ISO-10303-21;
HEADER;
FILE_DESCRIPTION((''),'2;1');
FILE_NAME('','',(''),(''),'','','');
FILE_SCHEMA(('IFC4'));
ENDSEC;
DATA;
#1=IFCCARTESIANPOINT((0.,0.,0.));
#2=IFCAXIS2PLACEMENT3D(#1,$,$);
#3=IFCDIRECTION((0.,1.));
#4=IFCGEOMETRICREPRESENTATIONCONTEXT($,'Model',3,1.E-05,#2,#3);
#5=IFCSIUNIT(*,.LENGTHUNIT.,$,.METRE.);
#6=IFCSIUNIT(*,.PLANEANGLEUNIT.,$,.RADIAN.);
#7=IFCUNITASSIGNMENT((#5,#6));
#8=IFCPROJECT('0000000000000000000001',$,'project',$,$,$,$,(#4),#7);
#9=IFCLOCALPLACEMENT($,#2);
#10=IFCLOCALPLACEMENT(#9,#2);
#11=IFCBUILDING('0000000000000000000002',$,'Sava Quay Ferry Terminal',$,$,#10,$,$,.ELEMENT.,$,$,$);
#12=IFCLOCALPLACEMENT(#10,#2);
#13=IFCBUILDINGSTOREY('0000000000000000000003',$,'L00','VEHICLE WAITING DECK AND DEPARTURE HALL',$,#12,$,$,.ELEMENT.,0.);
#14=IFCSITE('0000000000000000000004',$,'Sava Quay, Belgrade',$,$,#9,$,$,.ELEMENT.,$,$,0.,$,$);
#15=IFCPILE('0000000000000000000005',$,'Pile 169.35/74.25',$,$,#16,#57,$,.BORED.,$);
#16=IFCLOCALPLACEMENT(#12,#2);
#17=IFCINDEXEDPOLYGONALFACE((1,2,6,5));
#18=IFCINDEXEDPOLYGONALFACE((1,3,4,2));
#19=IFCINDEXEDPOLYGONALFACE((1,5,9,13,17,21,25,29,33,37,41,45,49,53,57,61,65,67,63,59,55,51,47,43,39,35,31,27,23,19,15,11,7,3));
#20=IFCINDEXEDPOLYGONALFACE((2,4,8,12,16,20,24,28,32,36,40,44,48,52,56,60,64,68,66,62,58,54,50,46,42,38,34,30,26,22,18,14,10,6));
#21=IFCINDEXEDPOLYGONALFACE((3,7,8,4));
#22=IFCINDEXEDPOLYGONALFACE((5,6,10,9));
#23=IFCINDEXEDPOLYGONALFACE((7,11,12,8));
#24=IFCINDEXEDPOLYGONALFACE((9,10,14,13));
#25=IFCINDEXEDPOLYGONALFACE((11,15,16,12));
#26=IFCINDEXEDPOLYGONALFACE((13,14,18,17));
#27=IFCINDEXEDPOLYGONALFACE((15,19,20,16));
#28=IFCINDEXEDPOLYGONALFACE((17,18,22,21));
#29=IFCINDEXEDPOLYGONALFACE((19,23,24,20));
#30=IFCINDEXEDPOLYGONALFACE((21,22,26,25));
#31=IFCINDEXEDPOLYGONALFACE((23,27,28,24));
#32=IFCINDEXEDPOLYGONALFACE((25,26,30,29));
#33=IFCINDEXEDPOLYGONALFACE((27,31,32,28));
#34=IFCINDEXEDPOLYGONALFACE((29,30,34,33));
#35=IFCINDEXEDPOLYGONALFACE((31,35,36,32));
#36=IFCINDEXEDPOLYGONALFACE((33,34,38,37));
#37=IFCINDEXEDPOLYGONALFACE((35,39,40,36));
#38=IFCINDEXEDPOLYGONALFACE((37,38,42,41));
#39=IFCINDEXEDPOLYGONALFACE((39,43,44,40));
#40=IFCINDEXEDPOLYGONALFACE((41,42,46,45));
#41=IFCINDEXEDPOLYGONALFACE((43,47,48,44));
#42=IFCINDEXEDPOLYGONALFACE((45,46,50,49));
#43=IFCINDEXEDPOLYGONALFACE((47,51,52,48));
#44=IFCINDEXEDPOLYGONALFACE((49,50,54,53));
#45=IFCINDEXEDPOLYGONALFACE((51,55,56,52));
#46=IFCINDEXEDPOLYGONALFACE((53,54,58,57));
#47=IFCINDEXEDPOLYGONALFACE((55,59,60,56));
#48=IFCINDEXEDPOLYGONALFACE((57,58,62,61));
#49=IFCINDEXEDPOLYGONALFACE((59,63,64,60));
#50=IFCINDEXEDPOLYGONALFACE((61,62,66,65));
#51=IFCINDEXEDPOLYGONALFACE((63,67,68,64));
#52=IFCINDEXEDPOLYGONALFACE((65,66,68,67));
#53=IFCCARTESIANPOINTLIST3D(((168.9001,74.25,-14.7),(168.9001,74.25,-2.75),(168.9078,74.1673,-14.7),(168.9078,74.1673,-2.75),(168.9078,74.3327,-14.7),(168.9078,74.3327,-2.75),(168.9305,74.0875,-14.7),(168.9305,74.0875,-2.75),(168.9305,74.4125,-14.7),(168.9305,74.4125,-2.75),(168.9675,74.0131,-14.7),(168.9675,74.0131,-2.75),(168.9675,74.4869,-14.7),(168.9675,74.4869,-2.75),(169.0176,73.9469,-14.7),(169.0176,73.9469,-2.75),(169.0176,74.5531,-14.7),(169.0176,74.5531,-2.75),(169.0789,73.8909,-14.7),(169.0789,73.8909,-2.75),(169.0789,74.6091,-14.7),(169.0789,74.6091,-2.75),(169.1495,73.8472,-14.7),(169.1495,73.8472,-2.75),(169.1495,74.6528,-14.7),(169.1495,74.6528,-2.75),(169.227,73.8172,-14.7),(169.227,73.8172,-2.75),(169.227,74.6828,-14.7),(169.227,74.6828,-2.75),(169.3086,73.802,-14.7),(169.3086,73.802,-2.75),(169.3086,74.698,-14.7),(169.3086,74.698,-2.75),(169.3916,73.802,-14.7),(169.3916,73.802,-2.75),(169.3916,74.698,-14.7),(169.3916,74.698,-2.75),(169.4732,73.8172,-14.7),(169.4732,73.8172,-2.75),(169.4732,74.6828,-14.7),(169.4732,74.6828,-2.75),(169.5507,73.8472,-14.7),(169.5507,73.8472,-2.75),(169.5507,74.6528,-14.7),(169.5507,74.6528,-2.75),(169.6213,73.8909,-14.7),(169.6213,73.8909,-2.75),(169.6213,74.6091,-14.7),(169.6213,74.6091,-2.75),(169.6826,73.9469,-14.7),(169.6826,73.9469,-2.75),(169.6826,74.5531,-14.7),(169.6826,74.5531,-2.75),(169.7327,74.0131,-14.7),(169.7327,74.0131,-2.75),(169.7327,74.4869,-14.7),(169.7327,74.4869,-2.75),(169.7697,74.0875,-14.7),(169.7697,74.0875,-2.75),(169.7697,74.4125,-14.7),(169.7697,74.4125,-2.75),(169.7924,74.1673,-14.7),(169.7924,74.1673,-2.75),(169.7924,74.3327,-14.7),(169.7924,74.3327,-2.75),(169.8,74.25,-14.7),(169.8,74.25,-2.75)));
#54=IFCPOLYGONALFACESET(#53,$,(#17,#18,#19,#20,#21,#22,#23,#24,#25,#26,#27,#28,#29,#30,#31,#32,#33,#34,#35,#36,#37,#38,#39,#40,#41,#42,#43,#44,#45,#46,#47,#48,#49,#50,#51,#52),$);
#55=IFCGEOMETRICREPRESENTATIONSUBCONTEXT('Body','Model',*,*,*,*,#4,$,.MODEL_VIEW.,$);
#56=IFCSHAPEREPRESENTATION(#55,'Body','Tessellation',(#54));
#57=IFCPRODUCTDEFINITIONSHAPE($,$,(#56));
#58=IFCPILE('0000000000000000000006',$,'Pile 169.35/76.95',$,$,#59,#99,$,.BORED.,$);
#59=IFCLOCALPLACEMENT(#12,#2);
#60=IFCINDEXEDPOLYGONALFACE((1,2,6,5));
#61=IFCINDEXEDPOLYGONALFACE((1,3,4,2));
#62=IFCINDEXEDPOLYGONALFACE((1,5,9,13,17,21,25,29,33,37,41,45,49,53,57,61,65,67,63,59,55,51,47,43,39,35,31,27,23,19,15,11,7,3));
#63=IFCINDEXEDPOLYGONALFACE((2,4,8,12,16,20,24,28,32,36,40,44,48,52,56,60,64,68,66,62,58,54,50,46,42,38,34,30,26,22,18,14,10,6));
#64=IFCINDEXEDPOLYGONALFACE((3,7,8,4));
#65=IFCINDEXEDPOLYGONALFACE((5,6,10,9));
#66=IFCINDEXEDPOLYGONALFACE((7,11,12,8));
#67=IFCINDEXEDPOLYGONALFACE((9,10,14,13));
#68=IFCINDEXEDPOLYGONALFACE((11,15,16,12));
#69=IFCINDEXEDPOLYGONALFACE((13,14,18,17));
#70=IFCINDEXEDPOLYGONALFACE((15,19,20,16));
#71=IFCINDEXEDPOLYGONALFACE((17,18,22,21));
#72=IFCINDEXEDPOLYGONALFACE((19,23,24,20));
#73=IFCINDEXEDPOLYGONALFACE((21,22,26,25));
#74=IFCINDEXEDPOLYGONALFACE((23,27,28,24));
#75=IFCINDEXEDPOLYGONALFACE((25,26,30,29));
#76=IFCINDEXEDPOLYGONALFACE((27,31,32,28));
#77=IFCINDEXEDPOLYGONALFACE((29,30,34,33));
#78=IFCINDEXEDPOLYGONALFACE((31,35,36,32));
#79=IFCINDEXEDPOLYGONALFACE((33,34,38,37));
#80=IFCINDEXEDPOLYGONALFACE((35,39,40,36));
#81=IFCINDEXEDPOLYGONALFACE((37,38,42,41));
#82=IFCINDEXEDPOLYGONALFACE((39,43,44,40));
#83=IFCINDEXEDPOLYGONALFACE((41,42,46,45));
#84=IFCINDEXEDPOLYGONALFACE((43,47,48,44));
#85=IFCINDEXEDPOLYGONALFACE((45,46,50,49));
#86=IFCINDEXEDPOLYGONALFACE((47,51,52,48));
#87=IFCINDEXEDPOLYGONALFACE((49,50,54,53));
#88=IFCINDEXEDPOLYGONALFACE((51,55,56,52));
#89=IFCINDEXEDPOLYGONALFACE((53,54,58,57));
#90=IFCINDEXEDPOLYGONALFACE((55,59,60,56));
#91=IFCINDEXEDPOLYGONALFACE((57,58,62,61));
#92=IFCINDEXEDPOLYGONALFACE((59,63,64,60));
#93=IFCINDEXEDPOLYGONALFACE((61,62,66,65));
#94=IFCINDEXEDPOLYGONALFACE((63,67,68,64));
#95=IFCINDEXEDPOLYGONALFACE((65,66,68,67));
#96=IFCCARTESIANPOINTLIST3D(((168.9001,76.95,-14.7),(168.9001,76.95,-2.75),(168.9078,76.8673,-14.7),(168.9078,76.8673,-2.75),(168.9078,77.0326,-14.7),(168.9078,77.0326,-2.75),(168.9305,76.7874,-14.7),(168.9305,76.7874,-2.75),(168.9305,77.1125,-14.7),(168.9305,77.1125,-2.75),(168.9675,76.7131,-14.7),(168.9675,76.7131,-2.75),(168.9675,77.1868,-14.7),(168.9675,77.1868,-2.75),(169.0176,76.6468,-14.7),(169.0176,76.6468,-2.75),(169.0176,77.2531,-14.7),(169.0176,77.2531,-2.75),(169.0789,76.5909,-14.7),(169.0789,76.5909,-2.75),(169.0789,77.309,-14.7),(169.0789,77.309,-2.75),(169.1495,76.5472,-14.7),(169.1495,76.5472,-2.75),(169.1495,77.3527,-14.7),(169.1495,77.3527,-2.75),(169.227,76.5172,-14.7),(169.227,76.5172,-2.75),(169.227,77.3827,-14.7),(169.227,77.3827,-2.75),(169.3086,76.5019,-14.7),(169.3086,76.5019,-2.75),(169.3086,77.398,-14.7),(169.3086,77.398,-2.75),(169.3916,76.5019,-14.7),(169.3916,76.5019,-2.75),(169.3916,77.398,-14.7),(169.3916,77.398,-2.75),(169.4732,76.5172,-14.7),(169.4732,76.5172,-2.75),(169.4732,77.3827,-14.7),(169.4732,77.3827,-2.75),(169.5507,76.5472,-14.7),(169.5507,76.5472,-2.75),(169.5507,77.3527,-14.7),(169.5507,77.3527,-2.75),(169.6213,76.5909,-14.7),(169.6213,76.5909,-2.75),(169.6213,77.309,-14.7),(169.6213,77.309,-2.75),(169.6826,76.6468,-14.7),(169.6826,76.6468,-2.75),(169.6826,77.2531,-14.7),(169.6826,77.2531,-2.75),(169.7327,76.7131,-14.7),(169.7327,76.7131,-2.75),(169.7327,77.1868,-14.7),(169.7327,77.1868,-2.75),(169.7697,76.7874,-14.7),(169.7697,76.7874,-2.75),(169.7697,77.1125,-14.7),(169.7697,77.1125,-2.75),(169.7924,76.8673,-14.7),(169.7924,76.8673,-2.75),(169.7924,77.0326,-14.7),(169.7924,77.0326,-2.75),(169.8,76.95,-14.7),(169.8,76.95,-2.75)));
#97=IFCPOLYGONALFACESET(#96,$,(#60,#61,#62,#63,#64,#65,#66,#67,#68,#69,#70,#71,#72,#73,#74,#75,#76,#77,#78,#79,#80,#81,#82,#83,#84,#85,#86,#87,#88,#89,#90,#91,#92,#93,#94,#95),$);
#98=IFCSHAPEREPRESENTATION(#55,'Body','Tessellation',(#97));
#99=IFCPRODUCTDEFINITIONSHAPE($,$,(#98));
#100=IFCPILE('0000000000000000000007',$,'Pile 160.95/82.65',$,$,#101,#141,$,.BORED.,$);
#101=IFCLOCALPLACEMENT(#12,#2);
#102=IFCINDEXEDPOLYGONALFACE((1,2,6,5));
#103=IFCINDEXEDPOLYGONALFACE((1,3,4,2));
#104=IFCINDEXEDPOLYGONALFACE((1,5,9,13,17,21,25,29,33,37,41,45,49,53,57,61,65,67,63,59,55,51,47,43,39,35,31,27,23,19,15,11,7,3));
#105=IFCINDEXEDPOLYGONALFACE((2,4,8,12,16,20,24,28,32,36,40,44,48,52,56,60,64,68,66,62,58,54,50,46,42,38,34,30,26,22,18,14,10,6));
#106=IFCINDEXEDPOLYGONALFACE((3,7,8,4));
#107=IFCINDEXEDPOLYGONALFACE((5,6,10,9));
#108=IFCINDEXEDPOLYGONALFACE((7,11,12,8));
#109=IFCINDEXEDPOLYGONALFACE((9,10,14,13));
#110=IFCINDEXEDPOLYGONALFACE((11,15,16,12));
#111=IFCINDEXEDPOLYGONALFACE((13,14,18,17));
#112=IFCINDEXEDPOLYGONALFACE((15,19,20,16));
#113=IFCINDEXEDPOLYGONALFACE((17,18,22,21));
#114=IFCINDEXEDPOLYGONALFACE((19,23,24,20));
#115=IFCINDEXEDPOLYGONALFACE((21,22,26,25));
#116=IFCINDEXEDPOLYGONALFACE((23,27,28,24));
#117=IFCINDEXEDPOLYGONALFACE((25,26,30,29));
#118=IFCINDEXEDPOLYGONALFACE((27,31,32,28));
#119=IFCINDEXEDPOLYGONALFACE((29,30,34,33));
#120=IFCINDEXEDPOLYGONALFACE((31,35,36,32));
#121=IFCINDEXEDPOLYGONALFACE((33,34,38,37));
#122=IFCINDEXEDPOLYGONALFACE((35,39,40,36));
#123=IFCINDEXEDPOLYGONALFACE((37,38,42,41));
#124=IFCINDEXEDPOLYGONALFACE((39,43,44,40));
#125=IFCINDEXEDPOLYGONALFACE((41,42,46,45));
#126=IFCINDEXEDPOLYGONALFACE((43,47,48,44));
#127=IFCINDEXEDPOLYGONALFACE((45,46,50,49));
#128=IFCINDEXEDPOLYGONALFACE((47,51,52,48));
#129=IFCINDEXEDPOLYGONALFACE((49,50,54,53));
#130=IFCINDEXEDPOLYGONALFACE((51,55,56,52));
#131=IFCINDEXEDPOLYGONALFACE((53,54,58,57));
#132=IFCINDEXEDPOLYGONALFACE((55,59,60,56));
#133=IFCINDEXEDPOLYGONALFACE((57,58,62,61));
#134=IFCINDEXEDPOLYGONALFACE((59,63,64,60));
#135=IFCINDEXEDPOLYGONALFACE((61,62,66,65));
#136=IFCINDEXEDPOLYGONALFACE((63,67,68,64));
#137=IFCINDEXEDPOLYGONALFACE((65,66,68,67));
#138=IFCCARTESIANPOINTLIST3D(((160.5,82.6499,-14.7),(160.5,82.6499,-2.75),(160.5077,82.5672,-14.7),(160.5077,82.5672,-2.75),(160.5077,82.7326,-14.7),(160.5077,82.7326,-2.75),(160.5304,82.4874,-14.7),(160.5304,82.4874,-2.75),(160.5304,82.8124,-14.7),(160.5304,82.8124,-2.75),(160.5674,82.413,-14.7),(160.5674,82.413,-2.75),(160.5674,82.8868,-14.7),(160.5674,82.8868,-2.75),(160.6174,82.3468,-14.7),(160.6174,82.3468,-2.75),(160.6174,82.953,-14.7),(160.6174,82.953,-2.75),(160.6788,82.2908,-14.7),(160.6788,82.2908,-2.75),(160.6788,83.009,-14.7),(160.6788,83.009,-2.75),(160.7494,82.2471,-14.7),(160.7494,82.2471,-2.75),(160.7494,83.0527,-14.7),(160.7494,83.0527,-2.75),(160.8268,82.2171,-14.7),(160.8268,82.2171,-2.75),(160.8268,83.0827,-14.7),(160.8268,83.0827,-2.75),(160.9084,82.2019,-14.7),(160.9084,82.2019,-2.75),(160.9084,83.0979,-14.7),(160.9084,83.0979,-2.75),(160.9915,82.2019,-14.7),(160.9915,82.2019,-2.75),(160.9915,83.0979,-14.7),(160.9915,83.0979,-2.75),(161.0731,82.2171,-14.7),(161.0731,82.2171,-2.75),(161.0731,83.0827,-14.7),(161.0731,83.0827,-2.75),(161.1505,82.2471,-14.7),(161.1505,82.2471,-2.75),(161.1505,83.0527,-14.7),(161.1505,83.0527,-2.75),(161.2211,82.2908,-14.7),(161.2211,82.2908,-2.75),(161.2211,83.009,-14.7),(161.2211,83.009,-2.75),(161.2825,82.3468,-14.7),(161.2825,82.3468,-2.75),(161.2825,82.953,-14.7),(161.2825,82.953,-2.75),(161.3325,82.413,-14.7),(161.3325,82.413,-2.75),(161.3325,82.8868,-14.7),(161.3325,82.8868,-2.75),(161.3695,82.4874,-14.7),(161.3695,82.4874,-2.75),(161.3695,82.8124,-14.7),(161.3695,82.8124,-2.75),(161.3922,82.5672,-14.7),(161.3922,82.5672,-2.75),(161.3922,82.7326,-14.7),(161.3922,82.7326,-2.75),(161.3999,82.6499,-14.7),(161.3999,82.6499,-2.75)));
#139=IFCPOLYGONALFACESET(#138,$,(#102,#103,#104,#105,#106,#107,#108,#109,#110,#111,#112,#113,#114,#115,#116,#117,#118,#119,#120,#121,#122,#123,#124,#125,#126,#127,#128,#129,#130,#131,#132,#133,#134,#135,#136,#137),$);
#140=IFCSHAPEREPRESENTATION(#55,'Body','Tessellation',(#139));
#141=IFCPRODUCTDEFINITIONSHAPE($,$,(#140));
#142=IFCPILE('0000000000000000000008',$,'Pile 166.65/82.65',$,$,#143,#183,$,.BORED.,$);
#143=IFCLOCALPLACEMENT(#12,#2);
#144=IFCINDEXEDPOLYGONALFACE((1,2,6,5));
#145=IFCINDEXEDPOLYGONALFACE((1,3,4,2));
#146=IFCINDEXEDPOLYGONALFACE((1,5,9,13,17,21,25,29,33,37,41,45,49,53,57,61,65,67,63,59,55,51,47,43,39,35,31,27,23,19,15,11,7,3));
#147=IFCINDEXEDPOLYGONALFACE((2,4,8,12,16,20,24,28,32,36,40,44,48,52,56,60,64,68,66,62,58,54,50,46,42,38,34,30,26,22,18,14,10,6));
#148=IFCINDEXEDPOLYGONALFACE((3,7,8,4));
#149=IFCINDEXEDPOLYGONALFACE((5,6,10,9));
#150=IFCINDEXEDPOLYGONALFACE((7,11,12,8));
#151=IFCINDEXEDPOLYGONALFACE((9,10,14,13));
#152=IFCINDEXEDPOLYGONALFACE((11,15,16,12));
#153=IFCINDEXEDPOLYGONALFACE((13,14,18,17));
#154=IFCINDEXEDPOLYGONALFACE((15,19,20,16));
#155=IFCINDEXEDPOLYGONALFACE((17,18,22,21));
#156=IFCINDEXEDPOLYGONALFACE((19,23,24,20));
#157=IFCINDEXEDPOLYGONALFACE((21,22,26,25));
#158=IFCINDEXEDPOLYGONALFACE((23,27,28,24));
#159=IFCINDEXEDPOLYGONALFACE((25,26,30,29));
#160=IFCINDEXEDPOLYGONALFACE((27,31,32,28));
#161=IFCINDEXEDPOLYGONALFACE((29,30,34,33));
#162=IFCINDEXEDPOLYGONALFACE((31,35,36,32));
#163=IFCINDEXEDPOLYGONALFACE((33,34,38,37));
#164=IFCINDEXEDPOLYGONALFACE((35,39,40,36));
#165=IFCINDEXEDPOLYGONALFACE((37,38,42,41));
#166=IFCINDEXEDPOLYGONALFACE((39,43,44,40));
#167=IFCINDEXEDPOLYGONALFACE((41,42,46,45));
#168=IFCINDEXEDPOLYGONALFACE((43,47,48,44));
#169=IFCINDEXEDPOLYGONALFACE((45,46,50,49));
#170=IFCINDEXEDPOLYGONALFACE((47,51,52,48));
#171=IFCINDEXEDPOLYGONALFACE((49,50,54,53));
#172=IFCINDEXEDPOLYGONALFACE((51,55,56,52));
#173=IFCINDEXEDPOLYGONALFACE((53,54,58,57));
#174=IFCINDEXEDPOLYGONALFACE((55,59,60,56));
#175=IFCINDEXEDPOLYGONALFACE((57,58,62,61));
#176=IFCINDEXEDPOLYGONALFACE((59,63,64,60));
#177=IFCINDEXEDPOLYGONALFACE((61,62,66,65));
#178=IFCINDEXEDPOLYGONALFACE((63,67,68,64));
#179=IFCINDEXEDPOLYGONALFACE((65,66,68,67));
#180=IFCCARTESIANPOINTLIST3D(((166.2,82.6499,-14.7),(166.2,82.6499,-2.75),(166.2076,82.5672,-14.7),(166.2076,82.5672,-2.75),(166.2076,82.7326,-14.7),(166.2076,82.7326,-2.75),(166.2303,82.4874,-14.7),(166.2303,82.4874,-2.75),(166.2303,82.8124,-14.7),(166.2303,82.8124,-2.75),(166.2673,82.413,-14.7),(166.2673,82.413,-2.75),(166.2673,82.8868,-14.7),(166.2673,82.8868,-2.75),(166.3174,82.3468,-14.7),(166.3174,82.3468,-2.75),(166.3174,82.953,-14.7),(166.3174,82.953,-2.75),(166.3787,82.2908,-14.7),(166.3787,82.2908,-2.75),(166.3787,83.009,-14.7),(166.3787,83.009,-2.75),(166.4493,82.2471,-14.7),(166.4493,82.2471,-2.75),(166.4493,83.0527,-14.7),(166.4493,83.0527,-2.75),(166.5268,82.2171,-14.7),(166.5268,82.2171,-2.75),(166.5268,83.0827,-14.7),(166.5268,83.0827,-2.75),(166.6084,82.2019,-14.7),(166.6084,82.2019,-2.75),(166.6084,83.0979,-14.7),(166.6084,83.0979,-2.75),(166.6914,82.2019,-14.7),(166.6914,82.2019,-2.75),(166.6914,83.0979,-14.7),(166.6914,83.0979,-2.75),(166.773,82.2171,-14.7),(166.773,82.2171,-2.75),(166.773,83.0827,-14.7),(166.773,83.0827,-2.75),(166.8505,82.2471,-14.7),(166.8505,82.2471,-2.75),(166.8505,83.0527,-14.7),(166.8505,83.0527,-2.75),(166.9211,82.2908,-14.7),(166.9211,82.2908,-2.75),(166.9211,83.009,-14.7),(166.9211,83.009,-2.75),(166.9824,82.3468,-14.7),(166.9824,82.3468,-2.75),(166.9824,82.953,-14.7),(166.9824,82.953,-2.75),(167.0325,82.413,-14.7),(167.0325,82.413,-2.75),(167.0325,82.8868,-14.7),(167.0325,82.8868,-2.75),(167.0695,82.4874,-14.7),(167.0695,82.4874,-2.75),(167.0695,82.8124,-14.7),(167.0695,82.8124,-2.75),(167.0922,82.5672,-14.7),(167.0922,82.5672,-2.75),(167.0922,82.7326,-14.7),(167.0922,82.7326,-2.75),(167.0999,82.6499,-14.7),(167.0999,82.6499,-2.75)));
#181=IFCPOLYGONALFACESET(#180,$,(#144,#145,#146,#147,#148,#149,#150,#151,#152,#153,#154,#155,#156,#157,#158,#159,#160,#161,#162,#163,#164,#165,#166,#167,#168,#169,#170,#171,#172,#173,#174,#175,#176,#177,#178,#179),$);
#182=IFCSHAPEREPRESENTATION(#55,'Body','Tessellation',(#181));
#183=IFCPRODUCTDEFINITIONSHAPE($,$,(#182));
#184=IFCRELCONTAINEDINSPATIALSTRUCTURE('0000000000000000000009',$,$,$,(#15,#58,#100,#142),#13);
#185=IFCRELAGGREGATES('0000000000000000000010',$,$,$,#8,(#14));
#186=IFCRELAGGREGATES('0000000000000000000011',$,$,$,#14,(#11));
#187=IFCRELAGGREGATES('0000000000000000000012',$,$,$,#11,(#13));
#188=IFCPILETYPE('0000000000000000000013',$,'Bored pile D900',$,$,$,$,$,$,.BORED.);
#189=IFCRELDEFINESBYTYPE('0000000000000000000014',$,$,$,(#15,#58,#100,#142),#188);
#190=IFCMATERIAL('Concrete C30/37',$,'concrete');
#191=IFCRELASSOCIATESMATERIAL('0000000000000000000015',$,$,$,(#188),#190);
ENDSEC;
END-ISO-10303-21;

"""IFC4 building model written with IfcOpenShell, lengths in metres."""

from ifc_helpers import new_model, si_unit, direction, frame, origin, origin_2d, place, context, subcontext, project, spatial, circle, extrude, material, material_profile, profile_set, type_object, element, save


model = new_model("IFC4")

# Units and contexts
model_context = context("Model", 3, precision=1e-05, world=origin(), true_north=direction((0.0, 1.0)))
body_context = subcontext(model_context, "Body", "Model", "MODEL_VIEW")
ifc_project = project(units=[si_unit("LENGTHUNIT", "METRE"), si_unit("PLANEANGLEUNIT", "RADIAN")], contexts=[model_context])

# Site, building, storey
site_placement = place(None, origin())
site = spatial("IfcSite", under=ifc_project, at=site_placement, Name="Sava Quay, Belgrade", CompositionType="ELEMENT", RefElevation=0.0)
building_placement = place(site_placement, origin())
building = spatial("IfcBuilding", under=site, at=building_placement, Name="Sava Quay Ferry Terminal", CompositionType="ELEMENT")
storey_placement = place(building_placement, origin())
storey = spatial("IfcBuildingStorey", under=building, at=storey_placement, Name="L00", Description="VEHICLE WAITING DECK AND DEPARTURE HALL", CompositionType="ELEMENT", Elevation=0.0)

# Piles
ifc_material_1 = material(Name="Concrete C30/37", Category="concrete")
ifc_material_profile_1 = material_profile(ifc_material_1, circle(Radius=0.45, at=origin_2d()), Name="Bored pile D900")
ifc_profile_set_1 = profile_set([ifc_material_profile_1], Name="Concrete C30/37")
pile_type = type_object("IfcPileType", Name="Bored pile D900", PredefinedType="BORED", material=ifc_profile_set_1)
for number, where, z_axis, x_axis, name in (
    (1, (169.3501, 74.25, -2.75), (0.0, 0.0, -1.0), (1.0, 0.0, 0.0), "Pile 169.35/74.25"),
    (2, (169.3501, 76.95, -2.75), (0.0, 0.0, -1.0), (1.0, 0.0, 0.0), "Pile 169.35/76.95"),
    (3, (160.95, 82.6499, -2.75), (0.0, 0.0, -1.0), (1.0, 0.0, 0.0), "Pile 160.95/82.65"),
    (4, (166.6499, 82.6499, -2.75), (0.0, 0.0, -1.0), (1.0, 0.0, 0.0), "Pile 166.65/82.65"),
):
    element("IfcPile", number, at=place(storey_placement, frame(where, z_axis=z_axis, x_axis=x_axis)), inside=storey, type_object=pile_type, Name=name, PredefinedType="BORED", context=body_context, shape_type="SweptSolid", body=[
        extrude(circle(Radius=0.45, at=origin_2d()), origin(), (0.0, 0.0, 1.0), 11.95),
    ])

save(model, "model.ifc")
